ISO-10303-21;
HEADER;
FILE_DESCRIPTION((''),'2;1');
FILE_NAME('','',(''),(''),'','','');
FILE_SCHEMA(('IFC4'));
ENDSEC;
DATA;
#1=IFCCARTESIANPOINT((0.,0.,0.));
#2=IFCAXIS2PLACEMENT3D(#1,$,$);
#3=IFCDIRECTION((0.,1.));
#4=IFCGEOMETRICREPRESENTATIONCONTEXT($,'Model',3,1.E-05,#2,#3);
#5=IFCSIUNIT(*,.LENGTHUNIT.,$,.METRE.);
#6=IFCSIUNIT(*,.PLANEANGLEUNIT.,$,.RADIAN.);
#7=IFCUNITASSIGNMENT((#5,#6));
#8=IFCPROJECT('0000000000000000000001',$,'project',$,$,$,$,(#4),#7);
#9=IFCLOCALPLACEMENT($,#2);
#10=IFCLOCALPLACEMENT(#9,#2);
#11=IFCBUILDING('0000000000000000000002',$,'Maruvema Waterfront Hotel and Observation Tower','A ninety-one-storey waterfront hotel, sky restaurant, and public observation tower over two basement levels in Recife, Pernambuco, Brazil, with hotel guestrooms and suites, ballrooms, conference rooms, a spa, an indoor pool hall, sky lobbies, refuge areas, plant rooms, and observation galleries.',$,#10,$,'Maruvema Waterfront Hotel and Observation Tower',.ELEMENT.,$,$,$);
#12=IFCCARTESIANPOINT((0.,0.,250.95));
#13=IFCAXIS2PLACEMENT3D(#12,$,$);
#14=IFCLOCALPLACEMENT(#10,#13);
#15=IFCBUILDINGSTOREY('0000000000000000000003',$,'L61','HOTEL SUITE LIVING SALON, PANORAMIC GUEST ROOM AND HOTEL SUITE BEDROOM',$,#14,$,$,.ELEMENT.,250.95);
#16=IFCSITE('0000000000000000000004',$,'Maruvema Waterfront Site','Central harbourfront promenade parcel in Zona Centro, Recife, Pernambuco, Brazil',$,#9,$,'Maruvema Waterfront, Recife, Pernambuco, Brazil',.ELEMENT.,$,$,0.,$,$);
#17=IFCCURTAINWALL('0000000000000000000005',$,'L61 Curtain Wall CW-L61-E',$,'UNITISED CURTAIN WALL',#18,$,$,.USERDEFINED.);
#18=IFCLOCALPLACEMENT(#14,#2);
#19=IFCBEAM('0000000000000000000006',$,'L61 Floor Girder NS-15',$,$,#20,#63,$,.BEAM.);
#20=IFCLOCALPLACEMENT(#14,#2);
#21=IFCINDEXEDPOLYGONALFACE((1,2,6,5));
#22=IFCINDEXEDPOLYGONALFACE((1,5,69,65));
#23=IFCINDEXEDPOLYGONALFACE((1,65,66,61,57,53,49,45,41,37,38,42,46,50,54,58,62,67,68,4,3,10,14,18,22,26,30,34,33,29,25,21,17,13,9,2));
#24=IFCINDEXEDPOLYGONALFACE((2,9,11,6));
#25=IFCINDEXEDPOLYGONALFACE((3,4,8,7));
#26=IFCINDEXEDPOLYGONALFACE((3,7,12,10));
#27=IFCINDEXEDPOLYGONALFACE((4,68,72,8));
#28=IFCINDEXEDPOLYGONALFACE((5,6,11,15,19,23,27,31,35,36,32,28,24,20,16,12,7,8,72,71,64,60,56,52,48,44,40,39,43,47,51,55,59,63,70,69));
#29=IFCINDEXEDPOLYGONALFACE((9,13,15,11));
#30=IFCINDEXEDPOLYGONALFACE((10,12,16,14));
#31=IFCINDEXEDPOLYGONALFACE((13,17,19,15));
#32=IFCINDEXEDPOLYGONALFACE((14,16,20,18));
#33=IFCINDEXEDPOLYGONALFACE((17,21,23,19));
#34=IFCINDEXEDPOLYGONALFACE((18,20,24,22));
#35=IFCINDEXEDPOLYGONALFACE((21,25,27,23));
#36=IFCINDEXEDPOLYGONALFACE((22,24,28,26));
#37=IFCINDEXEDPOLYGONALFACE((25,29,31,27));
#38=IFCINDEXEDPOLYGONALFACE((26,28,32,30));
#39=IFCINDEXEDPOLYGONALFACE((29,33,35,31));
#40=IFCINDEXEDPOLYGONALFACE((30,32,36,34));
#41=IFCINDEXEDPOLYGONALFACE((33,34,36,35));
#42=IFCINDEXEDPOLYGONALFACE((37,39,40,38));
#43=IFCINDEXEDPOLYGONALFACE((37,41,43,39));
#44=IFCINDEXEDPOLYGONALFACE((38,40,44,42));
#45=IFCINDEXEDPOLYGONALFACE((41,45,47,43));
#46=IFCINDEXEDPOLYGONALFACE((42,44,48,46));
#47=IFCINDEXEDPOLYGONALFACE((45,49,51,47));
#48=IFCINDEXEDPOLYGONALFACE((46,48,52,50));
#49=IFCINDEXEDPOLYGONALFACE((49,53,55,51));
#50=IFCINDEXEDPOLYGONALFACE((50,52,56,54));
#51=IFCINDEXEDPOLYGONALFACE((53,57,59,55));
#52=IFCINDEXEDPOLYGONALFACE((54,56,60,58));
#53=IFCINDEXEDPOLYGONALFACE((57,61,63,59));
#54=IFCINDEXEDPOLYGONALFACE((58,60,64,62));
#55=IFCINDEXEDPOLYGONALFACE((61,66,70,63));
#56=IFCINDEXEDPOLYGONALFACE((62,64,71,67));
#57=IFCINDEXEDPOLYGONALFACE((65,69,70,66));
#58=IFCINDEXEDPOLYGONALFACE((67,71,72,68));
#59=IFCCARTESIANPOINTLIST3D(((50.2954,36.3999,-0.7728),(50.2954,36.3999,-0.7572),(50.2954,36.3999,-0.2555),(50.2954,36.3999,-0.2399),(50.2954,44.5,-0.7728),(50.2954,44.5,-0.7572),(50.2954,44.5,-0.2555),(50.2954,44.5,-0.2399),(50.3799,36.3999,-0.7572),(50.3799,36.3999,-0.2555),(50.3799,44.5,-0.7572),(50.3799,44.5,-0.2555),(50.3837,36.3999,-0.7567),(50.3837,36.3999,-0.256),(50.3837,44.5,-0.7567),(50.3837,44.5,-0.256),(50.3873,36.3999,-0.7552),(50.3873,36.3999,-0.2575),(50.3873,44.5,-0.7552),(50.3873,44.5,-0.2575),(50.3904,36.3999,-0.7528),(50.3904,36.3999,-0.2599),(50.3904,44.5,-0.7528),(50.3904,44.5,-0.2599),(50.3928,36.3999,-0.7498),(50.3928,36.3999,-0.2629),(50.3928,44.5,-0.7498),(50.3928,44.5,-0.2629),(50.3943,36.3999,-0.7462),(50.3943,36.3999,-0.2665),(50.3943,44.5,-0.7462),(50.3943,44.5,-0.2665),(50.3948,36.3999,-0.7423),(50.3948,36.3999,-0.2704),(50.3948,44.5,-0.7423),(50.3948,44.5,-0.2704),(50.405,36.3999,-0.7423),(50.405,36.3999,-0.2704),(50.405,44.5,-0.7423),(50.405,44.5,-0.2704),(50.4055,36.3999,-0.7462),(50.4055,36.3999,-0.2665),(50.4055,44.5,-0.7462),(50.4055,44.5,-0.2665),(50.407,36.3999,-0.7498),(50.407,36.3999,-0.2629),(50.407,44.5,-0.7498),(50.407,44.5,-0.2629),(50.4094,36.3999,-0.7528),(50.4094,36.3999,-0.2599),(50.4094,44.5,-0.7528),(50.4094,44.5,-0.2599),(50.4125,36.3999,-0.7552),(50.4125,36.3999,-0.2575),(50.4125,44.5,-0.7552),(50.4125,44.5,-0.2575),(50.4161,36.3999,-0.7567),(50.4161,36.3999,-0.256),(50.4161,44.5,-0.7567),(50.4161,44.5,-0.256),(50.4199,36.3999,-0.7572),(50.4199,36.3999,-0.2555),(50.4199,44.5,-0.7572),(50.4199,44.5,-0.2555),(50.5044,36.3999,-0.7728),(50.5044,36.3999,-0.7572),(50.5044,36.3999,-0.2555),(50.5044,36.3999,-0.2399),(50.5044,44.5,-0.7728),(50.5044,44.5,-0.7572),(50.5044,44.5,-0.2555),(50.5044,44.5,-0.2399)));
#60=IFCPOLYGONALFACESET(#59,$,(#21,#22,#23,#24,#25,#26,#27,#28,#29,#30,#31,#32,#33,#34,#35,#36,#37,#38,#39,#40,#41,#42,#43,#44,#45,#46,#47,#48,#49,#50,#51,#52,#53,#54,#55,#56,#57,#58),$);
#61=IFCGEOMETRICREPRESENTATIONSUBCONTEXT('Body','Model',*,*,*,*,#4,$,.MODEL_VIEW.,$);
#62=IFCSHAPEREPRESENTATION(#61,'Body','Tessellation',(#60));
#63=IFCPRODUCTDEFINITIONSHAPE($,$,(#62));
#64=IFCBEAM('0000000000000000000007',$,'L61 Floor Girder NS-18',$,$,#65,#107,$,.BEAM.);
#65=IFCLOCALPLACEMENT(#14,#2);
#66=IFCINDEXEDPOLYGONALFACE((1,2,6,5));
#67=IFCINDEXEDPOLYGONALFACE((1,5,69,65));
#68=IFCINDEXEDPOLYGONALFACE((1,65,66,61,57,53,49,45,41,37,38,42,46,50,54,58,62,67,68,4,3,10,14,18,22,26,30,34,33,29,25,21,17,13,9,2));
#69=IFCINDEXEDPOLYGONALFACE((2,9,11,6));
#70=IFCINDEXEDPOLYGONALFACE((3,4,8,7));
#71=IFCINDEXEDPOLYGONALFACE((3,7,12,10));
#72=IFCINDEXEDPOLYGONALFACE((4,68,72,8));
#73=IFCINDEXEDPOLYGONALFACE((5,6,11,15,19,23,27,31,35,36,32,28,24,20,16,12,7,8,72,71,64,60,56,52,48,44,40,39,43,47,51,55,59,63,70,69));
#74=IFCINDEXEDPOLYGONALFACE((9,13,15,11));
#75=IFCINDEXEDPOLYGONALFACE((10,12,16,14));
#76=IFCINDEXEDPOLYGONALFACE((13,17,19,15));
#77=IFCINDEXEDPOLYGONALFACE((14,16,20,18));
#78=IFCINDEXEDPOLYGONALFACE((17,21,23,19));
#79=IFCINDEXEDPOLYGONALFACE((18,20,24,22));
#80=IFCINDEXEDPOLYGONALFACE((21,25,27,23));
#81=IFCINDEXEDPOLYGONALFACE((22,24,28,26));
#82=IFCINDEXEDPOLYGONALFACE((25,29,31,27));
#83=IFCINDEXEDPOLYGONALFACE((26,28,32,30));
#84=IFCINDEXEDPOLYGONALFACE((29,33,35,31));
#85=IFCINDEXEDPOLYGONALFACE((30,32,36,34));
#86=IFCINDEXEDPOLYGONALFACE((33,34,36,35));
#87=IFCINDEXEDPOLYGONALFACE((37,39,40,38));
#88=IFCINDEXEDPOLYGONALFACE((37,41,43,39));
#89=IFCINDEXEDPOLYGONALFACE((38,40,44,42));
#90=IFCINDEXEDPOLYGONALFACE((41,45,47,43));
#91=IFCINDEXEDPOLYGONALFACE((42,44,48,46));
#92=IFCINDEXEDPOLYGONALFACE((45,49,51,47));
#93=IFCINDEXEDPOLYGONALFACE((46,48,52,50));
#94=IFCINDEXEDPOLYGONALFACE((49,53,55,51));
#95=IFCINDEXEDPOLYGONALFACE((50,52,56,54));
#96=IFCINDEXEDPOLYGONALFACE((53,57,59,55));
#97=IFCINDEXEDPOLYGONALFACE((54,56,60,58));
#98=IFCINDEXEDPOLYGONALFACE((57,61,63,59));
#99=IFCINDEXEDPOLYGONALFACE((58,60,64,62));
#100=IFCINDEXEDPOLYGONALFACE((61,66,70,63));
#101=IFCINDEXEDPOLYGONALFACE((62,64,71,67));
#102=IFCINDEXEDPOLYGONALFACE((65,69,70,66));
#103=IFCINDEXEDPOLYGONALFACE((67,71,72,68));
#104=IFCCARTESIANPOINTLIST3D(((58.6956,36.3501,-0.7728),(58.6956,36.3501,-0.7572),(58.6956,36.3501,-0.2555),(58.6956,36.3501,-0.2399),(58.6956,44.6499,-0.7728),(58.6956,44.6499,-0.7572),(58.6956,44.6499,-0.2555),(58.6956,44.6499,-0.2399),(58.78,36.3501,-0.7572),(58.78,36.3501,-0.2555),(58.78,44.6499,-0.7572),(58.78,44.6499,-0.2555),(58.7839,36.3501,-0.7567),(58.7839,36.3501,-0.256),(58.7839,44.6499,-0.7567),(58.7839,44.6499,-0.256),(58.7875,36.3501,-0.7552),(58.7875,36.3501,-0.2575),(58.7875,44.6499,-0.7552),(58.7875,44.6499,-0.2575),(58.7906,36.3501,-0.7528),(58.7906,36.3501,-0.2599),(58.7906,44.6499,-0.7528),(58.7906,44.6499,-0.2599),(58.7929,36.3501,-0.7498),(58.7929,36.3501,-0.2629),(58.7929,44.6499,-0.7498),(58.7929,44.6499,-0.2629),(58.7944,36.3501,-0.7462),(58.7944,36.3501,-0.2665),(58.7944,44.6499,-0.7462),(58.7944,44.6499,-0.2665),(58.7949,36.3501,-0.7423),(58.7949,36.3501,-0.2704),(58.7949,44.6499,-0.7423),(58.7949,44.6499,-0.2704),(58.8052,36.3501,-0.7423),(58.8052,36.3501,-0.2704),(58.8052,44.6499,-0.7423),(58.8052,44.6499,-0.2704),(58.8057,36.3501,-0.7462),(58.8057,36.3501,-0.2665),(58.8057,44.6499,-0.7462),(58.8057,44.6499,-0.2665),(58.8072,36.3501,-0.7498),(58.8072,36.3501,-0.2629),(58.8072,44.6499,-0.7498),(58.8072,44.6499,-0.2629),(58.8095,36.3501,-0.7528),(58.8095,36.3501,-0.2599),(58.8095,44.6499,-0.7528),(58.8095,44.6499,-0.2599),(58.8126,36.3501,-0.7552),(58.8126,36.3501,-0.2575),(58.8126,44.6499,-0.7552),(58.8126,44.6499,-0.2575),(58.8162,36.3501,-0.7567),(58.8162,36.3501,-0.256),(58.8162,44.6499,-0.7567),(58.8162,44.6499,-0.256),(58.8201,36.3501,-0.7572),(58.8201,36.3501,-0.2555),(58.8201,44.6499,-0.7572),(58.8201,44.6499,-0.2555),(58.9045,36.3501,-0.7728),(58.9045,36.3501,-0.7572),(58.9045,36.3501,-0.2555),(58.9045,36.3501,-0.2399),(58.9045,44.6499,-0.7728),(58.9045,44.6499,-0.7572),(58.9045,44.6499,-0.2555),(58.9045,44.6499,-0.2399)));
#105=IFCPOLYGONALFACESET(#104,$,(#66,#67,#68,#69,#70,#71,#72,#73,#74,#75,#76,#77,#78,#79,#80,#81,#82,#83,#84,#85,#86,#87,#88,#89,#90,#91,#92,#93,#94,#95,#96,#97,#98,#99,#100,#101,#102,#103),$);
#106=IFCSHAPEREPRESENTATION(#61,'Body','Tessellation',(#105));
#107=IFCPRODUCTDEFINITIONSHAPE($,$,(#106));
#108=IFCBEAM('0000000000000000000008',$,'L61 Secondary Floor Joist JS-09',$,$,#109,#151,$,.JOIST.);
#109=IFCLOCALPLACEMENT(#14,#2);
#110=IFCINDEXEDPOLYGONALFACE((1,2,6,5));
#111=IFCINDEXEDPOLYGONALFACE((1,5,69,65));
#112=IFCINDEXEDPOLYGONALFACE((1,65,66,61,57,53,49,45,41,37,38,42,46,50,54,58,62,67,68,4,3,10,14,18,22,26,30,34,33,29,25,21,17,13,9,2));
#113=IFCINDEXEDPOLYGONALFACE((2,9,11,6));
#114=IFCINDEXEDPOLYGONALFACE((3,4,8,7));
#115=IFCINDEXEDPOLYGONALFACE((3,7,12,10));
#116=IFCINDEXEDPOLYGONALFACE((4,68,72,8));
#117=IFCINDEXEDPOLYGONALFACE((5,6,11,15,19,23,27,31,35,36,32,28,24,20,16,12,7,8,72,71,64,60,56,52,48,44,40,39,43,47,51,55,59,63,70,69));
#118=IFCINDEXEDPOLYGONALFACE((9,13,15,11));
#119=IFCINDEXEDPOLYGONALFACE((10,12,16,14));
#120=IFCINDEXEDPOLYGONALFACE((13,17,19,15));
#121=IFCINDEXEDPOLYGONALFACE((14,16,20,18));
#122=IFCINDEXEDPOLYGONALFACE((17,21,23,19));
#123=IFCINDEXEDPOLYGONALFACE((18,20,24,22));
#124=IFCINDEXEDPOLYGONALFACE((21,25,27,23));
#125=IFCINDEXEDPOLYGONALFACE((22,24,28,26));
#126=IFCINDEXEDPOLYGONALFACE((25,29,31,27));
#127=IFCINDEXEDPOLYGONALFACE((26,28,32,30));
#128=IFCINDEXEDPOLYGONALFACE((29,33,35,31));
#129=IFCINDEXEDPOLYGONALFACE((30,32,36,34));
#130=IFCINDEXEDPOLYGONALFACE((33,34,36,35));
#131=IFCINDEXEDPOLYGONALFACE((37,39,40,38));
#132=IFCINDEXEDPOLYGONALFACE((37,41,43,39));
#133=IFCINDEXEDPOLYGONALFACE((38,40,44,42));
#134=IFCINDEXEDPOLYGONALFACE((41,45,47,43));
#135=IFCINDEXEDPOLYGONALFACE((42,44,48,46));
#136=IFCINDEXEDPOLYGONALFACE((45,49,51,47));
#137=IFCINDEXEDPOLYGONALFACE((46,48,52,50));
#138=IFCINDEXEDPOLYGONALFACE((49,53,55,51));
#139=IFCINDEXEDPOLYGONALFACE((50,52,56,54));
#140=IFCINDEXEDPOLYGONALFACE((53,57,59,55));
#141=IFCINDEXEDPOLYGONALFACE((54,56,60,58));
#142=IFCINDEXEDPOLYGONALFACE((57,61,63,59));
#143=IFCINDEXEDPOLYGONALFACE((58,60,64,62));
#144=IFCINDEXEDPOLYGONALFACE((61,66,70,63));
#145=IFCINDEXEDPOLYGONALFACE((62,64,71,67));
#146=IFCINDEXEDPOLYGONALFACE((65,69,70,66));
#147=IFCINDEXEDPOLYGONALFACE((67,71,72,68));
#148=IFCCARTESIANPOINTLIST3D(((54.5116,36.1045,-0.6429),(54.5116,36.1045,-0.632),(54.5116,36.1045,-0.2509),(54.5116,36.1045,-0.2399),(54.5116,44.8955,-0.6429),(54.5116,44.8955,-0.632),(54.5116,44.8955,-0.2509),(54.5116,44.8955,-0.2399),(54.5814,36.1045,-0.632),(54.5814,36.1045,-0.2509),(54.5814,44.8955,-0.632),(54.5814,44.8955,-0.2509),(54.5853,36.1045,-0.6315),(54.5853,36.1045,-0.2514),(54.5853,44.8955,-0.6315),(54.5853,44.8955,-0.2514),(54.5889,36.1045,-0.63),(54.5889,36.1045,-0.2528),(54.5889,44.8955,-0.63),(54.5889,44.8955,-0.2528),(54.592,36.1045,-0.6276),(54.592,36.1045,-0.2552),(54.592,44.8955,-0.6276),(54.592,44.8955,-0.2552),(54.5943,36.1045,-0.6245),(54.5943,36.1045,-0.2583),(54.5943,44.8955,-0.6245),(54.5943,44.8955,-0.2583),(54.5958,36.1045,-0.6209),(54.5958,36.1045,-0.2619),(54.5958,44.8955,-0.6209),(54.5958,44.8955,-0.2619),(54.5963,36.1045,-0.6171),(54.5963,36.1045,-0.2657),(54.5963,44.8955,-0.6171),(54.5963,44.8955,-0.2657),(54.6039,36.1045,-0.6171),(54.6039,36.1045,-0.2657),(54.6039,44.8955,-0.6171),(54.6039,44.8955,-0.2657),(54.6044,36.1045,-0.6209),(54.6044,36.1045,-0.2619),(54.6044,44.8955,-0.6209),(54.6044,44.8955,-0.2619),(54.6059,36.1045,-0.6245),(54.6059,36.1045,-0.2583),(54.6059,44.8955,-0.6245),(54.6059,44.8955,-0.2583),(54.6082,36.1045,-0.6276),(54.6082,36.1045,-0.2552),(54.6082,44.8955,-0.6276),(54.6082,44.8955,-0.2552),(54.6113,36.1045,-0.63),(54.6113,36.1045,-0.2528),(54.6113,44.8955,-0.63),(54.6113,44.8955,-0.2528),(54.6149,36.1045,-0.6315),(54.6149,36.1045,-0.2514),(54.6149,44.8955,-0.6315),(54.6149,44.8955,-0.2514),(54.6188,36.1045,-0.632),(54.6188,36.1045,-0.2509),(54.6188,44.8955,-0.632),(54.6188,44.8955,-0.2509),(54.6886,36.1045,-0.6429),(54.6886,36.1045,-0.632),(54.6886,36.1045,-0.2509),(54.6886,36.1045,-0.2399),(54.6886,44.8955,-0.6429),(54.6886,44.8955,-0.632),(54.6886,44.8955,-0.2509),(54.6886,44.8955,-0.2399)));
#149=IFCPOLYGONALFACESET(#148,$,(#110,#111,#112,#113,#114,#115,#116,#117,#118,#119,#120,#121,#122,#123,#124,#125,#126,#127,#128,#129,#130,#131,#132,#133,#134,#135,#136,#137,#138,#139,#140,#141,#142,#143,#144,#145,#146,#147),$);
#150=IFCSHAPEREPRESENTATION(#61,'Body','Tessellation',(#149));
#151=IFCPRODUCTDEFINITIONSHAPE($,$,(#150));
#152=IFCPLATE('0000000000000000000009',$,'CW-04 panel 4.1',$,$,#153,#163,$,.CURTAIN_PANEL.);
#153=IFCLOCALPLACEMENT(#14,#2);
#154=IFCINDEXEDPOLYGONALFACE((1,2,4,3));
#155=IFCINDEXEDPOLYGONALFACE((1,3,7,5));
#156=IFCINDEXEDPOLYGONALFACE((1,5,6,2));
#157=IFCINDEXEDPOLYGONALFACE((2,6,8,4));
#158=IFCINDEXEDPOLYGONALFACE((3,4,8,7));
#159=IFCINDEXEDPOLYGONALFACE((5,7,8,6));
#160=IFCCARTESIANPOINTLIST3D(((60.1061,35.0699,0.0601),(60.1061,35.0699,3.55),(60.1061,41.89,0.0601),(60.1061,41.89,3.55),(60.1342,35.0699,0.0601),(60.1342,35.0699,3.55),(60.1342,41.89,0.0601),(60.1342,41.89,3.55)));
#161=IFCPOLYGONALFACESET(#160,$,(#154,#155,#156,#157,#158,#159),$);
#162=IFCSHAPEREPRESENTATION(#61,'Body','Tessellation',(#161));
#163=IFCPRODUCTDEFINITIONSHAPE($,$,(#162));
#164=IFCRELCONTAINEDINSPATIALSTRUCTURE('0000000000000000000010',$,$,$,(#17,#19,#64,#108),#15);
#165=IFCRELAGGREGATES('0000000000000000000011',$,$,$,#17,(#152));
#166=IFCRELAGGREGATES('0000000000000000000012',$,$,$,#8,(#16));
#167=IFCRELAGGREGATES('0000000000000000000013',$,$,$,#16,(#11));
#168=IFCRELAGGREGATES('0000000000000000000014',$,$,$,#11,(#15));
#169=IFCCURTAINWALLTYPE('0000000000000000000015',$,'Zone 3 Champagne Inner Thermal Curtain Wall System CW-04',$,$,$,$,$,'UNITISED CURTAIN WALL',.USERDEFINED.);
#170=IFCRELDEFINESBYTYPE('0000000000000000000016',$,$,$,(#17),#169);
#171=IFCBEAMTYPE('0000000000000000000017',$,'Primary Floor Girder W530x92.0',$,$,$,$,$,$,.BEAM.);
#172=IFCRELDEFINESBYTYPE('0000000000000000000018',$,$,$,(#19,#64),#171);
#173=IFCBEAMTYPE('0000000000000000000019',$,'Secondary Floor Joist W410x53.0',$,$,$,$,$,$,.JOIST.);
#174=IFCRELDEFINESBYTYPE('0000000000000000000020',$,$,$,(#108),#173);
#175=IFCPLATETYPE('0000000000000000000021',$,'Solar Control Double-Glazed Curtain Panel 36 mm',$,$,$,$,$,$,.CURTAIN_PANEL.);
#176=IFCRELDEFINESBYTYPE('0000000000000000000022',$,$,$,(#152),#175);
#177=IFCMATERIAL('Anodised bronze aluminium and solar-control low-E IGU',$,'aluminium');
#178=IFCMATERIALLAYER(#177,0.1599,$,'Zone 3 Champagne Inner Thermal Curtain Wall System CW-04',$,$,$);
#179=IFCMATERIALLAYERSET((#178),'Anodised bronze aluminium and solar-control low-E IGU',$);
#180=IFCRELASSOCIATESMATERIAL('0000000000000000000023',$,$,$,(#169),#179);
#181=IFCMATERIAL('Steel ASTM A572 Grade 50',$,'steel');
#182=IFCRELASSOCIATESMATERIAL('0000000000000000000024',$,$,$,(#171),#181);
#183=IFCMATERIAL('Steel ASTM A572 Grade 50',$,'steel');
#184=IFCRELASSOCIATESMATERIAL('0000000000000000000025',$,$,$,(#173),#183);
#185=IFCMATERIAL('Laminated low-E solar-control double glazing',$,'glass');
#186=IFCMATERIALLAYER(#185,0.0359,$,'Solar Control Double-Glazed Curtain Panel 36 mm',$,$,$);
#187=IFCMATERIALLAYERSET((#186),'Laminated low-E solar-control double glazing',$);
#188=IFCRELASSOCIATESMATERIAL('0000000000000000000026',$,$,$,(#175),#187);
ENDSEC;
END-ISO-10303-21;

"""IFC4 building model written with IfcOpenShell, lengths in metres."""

from ifc_helpers import new_model, si_unit, direction, frame, origin, origin_2d, place, context, subcontext, project, spatial, rectangle, i_section, extrude, material, layer, layer_set, material_profile, profile_set, type_object, element, aggregate, save


model = new_model("IFC4")

# Units and contexts
model_context = context("Model", 3, precision=1e-05, world=origin(), true_north=direction((0.0, 1.0)))
body_context = subcontext(model_context, "Body", "Model", "MODEL_VIEW")
ifc_project = project(units=[si_unit("LENGTHUNIT", "METRE"), si_unit("PLANEANGLEUNIT", "RADIAN")], contexts=[model_context])

# Site, building, storey
site_placement = place(None, origin())
site = spatial("IfcSite", under=ifc_project, at=site_placement, Name="Maruvema Waterfront Site", Description="Central harbourfront promenade parcel in Zona Centro, Recife, Pernambuco, Brazil", LongName="Maruvema Waterfront, Recife, Pernambuco, Brazil", CompositionType="ELEMENT", RefElevation=0.0)
building_placement = place(site_placement, origin())
building = spatial("IfcBuilding", under=site, at=building_placement, Name="Maruvema Waterfront Hotel and Observation Tower", Description="A ninety-one-storey waterfront hotel, sky restaurant, and public observation tower over two basement levels in Recife, Pernambuco, Brazil, with hotel guestrooms and suites, ballrooms, conference rooms, a spa, an indoor pool hall, sky lobbies, refuge areas, plant rooms, and observation galleries.", LongName="Maruvema Waterfront Hotel and Observation Tower", CompositionType="ELEMENT")
storey_placement = place(building_placement, frame((0.0, 0.0, 250.95)))
storey = spatial("IfcBuildingStorey", under=building, at=storey_placement, Name="L61", Description="HOTEL SUITE LIVING SALON, PANORAMIC GUEST ROOM AND HOTEL SUITE BEDROOM", CompositionType="ELEMENT", Elevation=250.95)

# Curtain wall
ifc_material_1 = material(Name="Anodised bronze aluminium and solar-control low-E IGU", Category="aluminium")
ifc_layer_1 = layer(ifc_material_1, 0.1599, Name="Zone 3 Champagne Inner Thermal Curtain Wall System CW-04")
ifc_layer_set_1 = layer_set([ifc_layer_1], Name="Anodised bronze aluminium and solar-control low-E IGU")
curtain_wall_type = type_object("IfcCurtainWallType", Name="Zone 3 Champagne Inner Thermal Curtain Wall System CW-04", ElementType="UNITISED CURTAIN WALL", PredefinedType="USERDEFINED", material=ifc_layer_set_1)
curtain_wall_placement = place(storey_placement, origin())
curtain_wall = element("IfcCurtainWall", 1, at=curtain_wall_placement, inside=storey, type_object=curtain_wall_type, Name="L61 Curtain Wall CW-L61-E", ObjectType="UNITISED CURTAIN WALL", PredefinedType="USERDEFINED")

# Beams
ifc_material_2 = material(Name="Steel ASTM A572 Grade 50", Category="steel")
ifc_material_profile_1 = material_profile(ifc_material_2, i_section(OverallWidth=0.209, OverallDepth=0.533, WebThickness=0.0103, FlangeThickness=0.0156, FilletRadius=0.0149, at=origin_2d()), Name="W530x92.0")
ifc_profile_set_1 = profile_set([ifc_material_profile_1], Name="Steel ASTM A572 Grade 50")
beam_type_1 = type_object("IfcBeamType", Name="Primary Floor Girder W530x92.0", PredefinedType="BEAM", material=ifc_profile_set_1)
beam_1_placement = place(storey_placement, frame((50.3999, 36.3999, -0.5063), z_axis=(0.0, 1.0, 0.0), x_axis=(-1.0, 0.0, 0.0)))
element("IfcBeam", 2, at=beam_1_placement, inside=storey, type_object=beam_type_1, Name="L61 Floor Girder NS-15", PredefinedType="BEAM", context=body_context, shape_type="SweptSolid", body=[
    extrude(i_section(OverallWidth=0.209, OverallDepth=0.533, WebThickness=0.0103, FlangeThickness=0.0156, FilletRadius=0.0149, at=origin_2d()), origin(), (0.0, 0.0, 1.0), 8.1001),
])
beam_2_placement = place(storey_placement, frame((58.8, 36.3501, -0.5063), z_axis=(0.0, 1.0, 0.0), x_axis=(-1.0, 0.0, 0.0)))
element("IfcBeam", 3, at=beam_2_placement, inside=storey, type_object=beam_type_1, Name="L61 Floor Girder NS-18", PredefinedType="BEAM", context=body_context, shape_type="SweptSolid", body=[
    extrude(i_section(OverallWidth=0.209, OverallDepth=0.533, WebThickness=0.0103, FlangeThickness=0.0156, FilletRadius=0.0149, at=origin_2d()), origin(), (0.0, 0.0, 1.0), 8.2998),
])
ifc_material_3 = material(Name="Steel ASTM A572 Grade 50", Category="steel")
ifc_material_profile_2 = material_profile(ifc_material_3, i_section(OverallWidth=0.177, OverallDepth=0.4031, WebThickness=0.0076, FlangeThickness=0.011, FilletRadius=0.0149, at=origin_2d()), Name="W410x53.0")
ifc_profile_set_2 = profile_set([ifc_material_profile_2], Name="Steel ASTM A572 Grade 50")
beam_type_2 = type_object("IfcBeamType", Name="Secondary Floor Joist W410x53.0", PredefinedType="JOIST", material=ifc_profile_set_2)
beam_3_placement = place(storey_placement, frame((54.6001, 36.1045, -0.4414), z_axis=(0.0, 1.0, 0.0), x_axis=(-1.0, 0.0, 0.0)))
element("IfcBeam", 4, at=beam_3_placement, inside=storey, type_object=beam_type_2, Name="L61 Secondary Floor Joist JS-09", PredefinedType="JOIST", context=body_context, shape_type="SweptSolid", body=[
    extrude(i_section(OverallWidth=0.177, OverallDepth=0.4031, WebThickness=0.0076, FlangeThickness=0.011, FilletRadius=0.0149, at=origin_2d()), origin(), (0.0, 0.0, 1.0), 8.791),
])

# Plate
ifc_material_4 = material(Name="Laminated low-E solar-control double glazing", Category="glass")
ifc_layer_2 = layer(ifc_material_4, 0.0359, Name="Solar Control Double-Glazed Curtain Panel 36 mm")
ifc_layer_set_2 = layer_set([ifc_layer_2], Name="Laminated low-E solar-control double glazing")
plate_type = type_object("IfcPlateType", Name="Solar Control Double-Glazed Curtain Panel 36 mm", PredefinedType="CURTAIN_PANEL", material=ifc_layer_set_2)
plate_placement = place(storey_placement, frame((60.1201, 38.48, 0.0601), z_axis=(0.0, 0.0, 1.0), x_axis=(0.0, 1.0, 0.0)))
plate = element("IfcPlate", 5, at=plate_placement, type_object=plate_type, Name="CW-04 panel 4.1", PredefinedType="CURTAIN_PANEL", context=body_context, shape_type="SweptSolid", body=[
    extrude(rectangle(XDim=6.8201, YDim=0.0281, at=origin_2d()), origin(), (0.0, 0.0, 1.0), 3.49),
])
aggregate(curtain_wall, [plate])

save(model, "model.ifc")
